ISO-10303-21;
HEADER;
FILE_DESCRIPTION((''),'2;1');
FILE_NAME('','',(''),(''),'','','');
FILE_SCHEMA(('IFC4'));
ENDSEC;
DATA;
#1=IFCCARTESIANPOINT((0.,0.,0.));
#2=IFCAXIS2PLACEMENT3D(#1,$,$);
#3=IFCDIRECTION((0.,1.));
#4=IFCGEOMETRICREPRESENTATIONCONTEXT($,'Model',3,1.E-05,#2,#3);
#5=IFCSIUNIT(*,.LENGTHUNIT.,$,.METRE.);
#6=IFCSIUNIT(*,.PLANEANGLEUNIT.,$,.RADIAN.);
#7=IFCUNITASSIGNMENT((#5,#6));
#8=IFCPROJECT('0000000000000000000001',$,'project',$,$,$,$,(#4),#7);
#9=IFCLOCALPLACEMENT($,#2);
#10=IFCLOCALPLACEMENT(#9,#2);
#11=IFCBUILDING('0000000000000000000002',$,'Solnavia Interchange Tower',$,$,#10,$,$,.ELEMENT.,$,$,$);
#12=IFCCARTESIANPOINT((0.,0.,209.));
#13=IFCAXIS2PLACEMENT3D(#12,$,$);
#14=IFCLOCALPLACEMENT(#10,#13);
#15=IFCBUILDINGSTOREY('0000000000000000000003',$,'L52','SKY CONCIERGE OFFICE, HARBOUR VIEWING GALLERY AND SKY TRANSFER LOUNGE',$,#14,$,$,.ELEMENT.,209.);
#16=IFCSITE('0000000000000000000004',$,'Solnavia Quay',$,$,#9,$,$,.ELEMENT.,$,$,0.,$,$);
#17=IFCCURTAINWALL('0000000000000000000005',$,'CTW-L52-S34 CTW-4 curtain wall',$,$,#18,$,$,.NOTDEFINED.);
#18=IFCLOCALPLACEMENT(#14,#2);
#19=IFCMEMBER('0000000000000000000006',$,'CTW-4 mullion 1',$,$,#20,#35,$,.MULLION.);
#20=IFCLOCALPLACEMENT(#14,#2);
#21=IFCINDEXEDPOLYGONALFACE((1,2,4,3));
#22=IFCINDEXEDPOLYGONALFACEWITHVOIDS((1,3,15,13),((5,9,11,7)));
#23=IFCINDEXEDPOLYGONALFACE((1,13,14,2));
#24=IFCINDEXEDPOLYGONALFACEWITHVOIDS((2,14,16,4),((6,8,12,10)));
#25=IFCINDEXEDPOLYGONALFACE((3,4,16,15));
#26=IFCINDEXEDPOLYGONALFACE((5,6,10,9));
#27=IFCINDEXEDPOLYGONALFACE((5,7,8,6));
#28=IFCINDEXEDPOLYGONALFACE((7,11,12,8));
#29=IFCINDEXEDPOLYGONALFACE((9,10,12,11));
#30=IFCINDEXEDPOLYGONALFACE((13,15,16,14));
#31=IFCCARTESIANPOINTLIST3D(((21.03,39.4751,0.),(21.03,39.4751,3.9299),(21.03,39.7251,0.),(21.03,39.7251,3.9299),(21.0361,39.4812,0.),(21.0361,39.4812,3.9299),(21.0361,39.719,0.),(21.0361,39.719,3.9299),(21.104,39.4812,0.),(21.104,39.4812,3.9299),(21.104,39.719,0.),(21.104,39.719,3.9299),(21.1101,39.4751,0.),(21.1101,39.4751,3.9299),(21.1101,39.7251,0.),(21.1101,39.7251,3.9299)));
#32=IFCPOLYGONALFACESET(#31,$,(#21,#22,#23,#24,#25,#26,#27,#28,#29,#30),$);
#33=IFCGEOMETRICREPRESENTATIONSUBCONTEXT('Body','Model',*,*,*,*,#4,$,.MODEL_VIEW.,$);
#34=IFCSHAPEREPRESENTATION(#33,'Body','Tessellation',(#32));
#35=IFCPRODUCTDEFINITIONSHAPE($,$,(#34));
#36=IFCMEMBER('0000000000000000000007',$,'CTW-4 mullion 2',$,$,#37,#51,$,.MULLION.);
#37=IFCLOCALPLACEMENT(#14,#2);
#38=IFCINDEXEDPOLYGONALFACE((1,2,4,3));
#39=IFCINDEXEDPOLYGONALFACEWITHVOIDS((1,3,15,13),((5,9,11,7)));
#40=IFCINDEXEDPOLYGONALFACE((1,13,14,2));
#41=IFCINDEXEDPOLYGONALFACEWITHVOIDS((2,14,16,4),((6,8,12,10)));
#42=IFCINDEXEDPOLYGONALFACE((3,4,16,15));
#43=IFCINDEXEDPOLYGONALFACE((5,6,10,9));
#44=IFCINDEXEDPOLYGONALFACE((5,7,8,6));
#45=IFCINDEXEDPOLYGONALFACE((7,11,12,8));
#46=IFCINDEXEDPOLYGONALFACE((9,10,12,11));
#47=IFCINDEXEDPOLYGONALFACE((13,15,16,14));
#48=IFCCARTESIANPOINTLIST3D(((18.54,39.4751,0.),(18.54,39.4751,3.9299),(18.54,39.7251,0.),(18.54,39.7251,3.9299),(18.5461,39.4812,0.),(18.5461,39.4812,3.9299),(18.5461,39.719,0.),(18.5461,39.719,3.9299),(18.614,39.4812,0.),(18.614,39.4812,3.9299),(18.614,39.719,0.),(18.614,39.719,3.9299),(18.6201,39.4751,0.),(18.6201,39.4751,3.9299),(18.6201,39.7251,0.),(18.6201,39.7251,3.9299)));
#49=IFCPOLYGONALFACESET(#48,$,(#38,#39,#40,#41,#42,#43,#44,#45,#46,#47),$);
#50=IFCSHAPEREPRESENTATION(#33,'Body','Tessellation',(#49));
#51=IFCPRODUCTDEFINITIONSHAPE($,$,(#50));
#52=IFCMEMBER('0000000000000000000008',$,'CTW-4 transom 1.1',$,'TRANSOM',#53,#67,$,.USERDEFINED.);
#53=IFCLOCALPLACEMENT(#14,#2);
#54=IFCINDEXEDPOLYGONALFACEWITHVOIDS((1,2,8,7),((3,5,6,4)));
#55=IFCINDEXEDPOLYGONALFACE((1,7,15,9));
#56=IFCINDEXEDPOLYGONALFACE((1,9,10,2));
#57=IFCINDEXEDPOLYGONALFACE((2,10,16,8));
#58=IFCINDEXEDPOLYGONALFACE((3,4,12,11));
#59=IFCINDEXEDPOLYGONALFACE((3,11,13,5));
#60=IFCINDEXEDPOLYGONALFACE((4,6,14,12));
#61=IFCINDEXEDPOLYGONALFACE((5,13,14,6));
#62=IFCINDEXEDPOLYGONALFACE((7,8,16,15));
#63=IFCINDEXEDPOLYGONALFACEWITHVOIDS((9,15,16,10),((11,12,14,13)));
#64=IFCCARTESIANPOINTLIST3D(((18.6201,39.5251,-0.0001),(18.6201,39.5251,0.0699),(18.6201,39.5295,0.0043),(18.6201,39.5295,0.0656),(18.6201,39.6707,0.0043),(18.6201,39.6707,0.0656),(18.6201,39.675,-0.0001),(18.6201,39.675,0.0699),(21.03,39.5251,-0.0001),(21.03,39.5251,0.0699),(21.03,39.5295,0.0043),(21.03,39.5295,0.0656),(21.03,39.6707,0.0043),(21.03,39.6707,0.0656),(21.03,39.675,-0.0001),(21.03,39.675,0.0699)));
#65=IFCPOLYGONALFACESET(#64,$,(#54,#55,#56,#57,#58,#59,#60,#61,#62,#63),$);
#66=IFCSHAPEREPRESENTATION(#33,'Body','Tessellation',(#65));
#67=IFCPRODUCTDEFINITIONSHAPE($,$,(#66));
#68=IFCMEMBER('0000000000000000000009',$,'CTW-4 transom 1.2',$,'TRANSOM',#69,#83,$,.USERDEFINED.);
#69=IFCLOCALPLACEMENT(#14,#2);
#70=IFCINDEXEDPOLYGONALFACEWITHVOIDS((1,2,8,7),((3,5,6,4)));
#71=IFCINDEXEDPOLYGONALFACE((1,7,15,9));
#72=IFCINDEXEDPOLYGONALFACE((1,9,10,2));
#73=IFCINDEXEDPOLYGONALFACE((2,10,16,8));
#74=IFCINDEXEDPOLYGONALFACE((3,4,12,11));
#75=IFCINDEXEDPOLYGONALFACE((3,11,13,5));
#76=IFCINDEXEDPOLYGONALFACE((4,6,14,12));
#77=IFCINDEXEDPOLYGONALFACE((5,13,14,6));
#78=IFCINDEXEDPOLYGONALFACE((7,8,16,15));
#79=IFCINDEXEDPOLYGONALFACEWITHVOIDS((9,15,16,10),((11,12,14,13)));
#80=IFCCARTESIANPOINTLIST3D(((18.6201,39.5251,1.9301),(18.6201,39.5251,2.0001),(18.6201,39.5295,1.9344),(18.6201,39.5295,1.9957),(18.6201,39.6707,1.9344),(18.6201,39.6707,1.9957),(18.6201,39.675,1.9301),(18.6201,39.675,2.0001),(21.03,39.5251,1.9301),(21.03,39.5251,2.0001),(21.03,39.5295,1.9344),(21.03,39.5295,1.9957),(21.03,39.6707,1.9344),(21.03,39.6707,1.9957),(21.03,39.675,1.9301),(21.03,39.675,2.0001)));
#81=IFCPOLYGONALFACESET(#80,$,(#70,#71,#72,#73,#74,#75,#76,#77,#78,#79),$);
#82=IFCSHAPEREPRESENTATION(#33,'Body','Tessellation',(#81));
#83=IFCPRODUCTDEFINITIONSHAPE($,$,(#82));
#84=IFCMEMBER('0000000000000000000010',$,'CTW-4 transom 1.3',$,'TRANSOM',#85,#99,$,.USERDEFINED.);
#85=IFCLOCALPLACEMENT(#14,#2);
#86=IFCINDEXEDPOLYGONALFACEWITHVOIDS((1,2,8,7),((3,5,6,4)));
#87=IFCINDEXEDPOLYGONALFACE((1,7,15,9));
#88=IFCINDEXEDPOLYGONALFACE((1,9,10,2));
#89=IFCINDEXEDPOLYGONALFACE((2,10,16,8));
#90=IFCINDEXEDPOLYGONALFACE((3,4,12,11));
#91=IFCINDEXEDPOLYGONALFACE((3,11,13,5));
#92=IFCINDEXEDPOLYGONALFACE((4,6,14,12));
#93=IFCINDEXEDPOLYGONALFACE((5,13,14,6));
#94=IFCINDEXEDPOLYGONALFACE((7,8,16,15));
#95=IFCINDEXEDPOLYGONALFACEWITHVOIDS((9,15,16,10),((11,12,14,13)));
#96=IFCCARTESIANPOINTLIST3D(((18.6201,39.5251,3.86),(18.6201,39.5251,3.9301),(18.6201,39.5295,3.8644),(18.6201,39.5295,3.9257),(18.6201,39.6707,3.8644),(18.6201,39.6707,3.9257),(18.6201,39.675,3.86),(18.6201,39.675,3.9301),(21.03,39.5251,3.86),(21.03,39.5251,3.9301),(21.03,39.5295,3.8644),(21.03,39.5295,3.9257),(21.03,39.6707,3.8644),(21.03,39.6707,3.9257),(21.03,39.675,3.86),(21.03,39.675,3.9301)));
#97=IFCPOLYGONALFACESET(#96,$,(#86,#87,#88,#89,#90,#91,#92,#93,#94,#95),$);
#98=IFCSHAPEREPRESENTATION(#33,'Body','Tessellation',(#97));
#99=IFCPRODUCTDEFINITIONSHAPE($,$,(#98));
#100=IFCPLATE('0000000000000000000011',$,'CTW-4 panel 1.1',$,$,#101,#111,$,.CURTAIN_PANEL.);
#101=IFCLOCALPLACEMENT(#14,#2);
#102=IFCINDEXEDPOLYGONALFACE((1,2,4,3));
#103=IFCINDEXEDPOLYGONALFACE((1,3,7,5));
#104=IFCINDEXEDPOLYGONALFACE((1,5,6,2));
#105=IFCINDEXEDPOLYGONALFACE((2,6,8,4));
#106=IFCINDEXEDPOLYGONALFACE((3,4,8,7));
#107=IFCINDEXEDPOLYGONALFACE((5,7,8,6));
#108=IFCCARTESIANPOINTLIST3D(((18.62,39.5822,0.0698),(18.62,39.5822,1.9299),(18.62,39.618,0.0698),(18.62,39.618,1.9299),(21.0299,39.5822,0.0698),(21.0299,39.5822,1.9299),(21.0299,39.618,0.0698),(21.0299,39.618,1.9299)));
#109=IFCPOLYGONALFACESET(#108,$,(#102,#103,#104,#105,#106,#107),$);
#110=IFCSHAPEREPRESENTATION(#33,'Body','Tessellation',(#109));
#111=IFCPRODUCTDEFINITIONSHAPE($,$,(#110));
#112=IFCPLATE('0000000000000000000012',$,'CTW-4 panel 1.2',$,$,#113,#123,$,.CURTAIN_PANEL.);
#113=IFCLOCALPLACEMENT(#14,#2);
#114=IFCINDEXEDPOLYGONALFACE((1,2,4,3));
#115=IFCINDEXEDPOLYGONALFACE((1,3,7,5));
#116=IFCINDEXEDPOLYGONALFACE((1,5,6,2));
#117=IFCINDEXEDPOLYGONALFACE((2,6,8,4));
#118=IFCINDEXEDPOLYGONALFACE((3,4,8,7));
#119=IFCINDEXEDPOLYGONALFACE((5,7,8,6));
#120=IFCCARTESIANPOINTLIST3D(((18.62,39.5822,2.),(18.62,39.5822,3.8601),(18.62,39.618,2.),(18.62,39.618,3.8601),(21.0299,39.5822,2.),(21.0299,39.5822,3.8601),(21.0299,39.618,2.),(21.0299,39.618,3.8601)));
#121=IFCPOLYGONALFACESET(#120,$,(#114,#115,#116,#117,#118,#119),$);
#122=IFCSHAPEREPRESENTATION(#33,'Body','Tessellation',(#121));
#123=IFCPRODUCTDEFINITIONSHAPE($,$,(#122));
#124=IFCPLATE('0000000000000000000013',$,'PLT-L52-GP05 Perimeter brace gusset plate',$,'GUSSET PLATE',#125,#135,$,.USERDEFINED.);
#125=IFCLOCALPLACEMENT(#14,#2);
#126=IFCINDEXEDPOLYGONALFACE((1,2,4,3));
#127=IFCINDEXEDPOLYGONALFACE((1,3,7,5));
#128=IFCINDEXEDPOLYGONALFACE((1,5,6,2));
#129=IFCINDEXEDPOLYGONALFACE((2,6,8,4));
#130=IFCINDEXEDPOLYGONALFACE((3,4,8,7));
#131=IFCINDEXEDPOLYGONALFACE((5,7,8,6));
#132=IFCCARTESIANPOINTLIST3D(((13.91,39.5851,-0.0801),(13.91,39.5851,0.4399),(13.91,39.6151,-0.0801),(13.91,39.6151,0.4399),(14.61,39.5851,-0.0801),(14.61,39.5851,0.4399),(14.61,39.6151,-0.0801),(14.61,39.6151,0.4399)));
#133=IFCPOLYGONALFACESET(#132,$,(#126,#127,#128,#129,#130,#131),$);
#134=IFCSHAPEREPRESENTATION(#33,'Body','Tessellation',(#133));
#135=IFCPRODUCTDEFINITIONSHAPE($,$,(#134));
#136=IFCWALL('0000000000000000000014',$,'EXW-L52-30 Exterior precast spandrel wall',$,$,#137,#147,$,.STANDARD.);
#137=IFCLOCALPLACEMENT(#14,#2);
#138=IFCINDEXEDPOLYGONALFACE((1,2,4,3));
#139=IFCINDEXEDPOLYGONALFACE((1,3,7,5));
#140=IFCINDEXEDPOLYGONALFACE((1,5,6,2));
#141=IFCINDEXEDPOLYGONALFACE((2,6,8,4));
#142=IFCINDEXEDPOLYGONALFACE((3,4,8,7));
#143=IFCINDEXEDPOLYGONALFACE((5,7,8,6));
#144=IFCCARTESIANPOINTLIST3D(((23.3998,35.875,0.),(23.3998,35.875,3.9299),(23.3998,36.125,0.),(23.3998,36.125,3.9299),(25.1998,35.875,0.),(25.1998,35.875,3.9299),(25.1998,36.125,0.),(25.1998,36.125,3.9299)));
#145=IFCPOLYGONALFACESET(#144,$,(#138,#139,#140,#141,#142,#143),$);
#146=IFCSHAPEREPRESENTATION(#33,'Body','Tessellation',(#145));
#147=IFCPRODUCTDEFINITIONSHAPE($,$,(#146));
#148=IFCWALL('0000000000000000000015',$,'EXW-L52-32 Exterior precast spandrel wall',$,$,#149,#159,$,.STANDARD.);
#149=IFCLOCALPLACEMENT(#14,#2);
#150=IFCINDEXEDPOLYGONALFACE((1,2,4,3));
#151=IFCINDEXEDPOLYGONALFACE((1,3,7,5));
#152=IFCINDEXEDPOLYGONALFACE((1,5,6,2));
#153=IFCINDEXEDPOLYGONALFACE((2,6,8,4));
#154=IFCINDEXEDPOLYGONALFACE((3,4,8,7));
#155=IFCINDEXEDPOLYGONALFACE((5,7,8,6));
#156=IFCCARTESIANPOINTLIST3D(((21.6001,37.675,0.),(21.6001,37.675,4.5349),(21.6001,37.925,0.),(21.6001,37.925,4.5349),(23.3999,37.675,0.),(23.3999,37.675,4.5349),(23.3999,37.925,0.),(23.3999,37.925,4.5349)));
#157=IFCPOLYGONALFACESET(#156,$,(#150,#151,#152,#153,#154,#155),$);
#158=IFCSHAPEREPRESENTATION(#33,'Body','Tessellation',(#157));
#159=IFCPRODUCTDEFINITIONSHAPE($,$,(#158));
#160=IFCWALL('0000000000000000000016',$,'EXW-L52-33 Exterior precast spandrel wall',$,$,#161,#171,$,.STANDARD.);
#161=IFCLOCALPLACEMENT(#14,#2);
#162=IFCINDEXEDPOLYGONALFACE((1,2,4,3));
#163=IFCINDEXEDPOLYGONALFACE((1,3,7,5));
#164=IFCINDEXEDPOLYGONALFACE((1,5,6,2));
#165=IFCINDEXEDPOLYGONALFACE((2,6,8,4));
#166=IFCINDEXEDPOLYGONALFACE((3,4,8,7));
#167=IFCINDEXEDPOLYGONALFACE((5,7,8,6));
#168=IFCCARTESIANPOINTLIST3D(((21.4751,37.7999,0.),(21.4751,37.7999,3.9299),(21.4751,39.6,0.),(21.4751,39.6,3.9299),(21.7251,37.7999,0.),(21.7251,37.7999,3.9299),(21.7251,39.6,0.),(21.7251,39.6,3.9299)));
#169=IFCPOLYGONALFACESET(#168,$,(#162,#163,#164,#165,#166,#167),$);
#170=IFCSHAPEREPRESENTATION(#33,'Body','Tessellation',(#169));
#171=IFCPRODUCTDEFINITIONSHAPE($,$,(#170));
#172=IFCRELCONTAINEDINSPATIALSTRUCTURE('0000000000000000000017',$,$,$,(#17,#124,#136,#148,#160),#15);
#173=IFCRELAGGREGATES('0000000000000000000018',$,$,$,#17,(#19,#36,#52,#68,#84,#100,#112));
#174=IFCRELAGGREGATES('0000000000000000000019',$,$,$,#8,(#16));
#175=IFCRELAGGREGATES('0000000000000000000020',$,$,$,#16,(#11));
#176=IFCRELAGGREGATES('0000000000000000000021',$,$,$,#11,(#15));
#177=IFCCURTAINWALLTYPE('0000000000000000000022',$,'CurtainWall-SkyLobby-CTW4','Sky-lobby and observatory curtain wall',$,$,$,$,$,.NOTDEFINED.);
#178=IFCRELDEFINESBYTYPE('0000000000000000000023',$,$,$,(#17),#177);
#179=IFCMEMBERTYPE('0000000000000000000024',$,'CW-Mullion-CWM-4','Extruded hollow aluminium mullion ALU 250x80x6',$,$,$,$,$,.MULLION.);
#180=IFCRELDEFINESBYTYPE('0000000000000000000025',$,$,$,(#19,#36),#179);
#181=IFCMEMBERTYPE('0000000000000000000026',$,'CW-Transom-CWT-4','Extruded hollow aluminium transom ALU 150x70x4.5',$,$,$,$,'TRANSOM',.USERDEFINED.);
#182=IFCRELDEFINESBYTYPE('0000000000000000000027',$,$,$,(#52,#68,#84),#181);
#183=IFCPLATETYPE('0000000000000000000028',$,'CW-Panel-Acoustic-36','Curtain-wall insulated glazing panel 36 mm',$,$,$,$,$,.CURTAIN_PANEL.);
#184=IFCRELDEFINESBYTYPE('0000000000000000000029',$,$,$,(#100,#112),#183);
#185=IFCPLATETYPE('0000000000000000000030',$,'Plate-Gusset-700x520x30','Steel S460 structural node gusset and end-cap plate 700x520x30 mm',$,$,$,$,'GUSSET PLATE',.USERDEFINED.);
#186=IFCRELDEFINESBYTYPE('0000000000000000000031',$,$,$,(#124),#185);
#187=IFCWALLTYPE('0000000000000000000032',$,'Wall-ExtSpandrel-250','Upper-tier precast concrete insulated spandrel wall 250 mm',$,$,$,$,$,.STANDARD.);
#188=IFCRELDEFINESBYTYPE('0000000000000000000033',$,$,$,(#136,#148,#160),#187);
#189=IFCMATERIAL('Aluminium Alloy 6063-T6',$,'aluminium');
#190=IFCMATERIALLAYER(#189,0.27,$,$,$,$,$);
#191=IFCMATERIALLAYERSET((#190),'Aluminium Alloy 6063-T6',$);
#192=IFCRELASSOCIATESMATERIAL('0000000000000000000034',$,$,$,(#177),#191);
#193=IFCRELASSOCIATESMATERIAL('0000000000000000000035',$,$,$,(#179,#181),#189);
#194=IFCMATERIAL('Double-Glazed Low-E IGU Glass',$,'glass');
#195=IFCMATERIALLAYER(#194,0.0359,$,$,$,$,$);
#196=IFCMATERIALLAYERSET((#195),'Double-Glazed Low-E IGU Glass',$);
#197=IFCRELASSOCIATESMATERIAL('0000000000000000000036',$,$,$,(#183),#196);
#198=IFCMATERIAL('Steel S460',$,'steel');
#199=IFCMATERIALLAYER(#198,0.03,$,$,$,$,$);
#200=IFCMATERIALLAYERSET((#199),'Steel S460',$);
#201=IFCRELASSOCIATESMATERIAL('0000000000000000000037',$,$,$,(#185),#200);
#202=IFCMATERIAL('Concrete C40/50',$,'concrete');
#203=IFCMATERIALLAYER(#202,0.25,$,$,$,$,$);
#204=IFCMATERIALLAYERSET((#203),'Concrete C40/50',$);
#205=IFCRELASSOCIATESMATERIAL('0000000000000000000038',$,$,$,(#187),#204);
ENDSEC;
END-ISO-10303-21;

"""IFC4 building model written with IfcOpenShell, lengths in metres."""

from ifc_helpers import new_model, si_unit, direction, frame, frame_2d, origin, origin_2d, place, context, subcontext, project, spatial, rectangle, hollow_rectangle, extrude, material, layer, layer_set, material_profile, profile_set, type_object, element, aggregate, save


model = new_model("IFC4")

# Units and contexts
model_context = context("Model", 3, precision=1e-05, world=origin(), true_north=direction((0.0, 1.0)))
body_context = subcontext(model_context, "Body", "Model", "MODEL_VIEW")
ifc_project = project(units=[si_unit("LENGTHUNIT", "METRE"), si_unit("PLANEANGLEUNIT", "RADIAN")], contexts=[model_context])

# Site, building, storey
site_placement = place(None, origin())
site = spatial("IfcSite", under=ifc_project, at=site_placement, Name="Solnavia Quay", CompositionType="ELEMENT", RefElevation=0.0)
building_placement = place(site_placement, origin())
building = spatial("IfcBuilding", under=site, at=building_placement, Name="Solnavia Interchange Tower", CompositionType="ELEMENT")
storey_placement = place(building_placement, frame((0.0, 0.0, 209.0)))
storey = spatial("IfcBuildingStorey", under=building, at=storey_placement, Name="L52", Description="SKY CONCIERGE OFFICE, HARBOUR VIEWING GALLERY AND SKY TRANSFER LOUNGE", CompositionType="ELEMENT", Elevation=209.0)

# Shared definitions
ifc_material_1 = material(Name="Steel S460", Category="steel")

# Curtain wall, members, plates
ifc_material_2 = material(Name="Aluminium Alloy 6063-T6", Category="aluminium")
ifc_layer_1 = layer(ifc_material_2, 0.27)
ifc_layer_set_1 = layer_set([ifc_layer_1], Name="Aluminium Alloy 6063-T6")
curtain_wall_type = type_object("IfcCurtainWallType", Name="CurtainWall-SkyLobby-CTW4", Description="Sky-lobby and observatory curtain wall", PredefinedType="NOTDEFINED", material=ifc_layer_set_1)
curtain_wall_placement = place(storey_placement, origin())
curtain_wall = element("IfcCurtainWall", 1, at=curtain_wall_placement, inside=storey, type_object=curtain_wall_type, Name="CTW-L52-S34 CTW-4 curtain wall", PredefinedType="NOTDEFINED")
ifc_material_profile_1 = material_profile(ifc_material_2, hollow_rectangle(XDim=0.0801, YDim=0.25, WallThickness=0.0061, at=origin_2d()), Name="ALU 250x80x6")
ifc_profile_set_1 = profile_set([ifc_material_profile_1], Name="Aluminium Alloy 6063-T6")
member_type_1 = type_object("IfcMemberType", Name="CW-Mullion-CWM-4", Description="Extruded hollow aluminium mullion ALU 250x80x6", PredefinedType="MULLION", material=ifc_profile_set_1)
member_1_placement = place(storey_placement, frame((21.0701, 39.6001, 0.0), z_axis=(0.0, 0.0, 1.0), x_axis=(-1.0, 0.0, 0.0)))
member_1 = element("IfcMember", 2, at=member_1_placement, type_object=member_type_1, Name="CTW-4 mullion 1", PredefinedType="MULLION", context=body_context, shape_type="SweptSolid", body=[
    extrude(hollow_rectangle(XDim=0.0801, YDim=0.25, WallThickness=0.0061, at=origin_2d()), origin(), (0.0, 0.0, 1.0), 3.9299),
])
member_2_placement = place(storey_placement, frame((18.5801, 39.6001, 0.0), z_axis=(0.0, 0.0, 1.0), x_axis=(-1.0, 0.0, 0.0)))
member_2 = element("IfcMember", 3, at=member_2_placement, type_object=member_type_1, Name="CTW-4 mullion 2", PredefinedType="MULLION", context=body_context, shape_type="SweptSolid", body=[
    extrude(hollow_rectangle(XDim=0.0801, YDim=0.25, WallThickness=0.0061, at=origin_2d()), origin(), (0.0, 0.0, 1.0), 3.9299),
])
ifc_material_profile_2 = material_profile(ifc_material_2, hollow_rectangle(XDim=0.0701, YDim=0.1499, WallThickness=0.0044, at=origin_2d()), Name="ALU 150x70x4.5")
ifc_profile_set_2 = profile_set([ifc_material_profile_2], Name="Aluminium Alloy 6063-T6")
member_type_2 = type_object("IfcMemberType", Name="CW-Transom-CWT-4", Description="Extruded hollow aluminium transom ALU 150x70x4.5", ElementType="TRANSOM", PredefinedType="USERDEFINED", material=ifc_profile_set_2)
member_3_placement = place(storey_placement, frame((21.03, 39.6001, 0.0349), z_axis=(-1.0, 0.0, 0.0), x_axis=(0.0, 0.0, 1.0)))
member_3 = element("IfcMember", 4, at=member_3_placement, type_object=member_type_2, Name="CTW-4 transom 1.1", ObjectType="TRANSOM", PredefinedType="USERDEFINED", context=body_context, shape_type="SweptSolid", body=[
    extrude(hollow_rectangle(XDim=0.0701, YDim=0.1499, WallThickness=0.0044, at=origin_2d()), origin(), (0.0, 0.0, 1.0), 2.4099),
])
member_4_placement = place(storey_placement, frame((21.03, 39.6001, 1.9651), z_axis=(-1.0, 0.0, 0.0), x_axis=(0.0, 0.0, 1.0)))
member_4 = element("IfcMember", 5, at=member_4_placement, type_object=member_type_2, Name="CTW-4 transom 1.2", ObjectType="TRANSOM", PredefinedType="USERDEFINED", context=body_context, shape_type="SweptSolid", body=[
    extrude(hollow_rectangle(XDim=0.0701, YDim=0.1499, WallThickness=0.0044, at=origin_2d()), origin(), (0.0, 0.0, 1.0), 2.4099),
])
member_5_placement = place(storey_placement, frame((21.03, 39.6001, 3.895), z_axis=(-1.0, 0.0, 0.0), x_axis=(0.0, 0.0, 1.0)))
member_5 = element("IfcMember", 6, at=member_5_placement, type_object=member_type_2, Name="CTW-4 transom 1.3", ObjectType="TRANSOM", PredefinedType="USERDEFINED", context=body_context, shape_type="SweptSolid", body=[
    extrude(hollow_rectangle(XDim=0.0701, YDim=0.1499, WallThickness=0.0044, at=origin_2d()), origin(), (0.0, 0.0, 1.0), 2.4099),
])
ifc_material_3 = material(Name="Double-Glazed Low-E IGU Glass", Category="glass")
ifc_layer_2 = layer(ifc_material_3, 0.0359)
ifc_layer_set_2 = layer_set([ifc_layer_2], Name="Double-Glazed Low-E IGU Glass")
plate_type_1 = type_object("IfcPlateType", Name="CW-Panel-Acoustic-36", Description="Curtain-wall insulated glazing panel 36 mm", PredefinedType="CURTAIN_PANEL", material=ifc_layer_set_2)
plate_1_placement = place(storey_placement, frame((19.825, 39.6001, 0.0698), z_axis=(0.0, 0.0, 1.0), x_axis=(-1.0, 0.0, 0.0)))
plate_1 = element("IfcPlate", 7, at=plate_1_placement, type_object=plate_type_1, Name="CTW-4 panel 1.1", PredefinedType="CURTAIN_PANEL", context=body_context, shape_type="SweptSolid", body=[
    extrude(rectangle(XDim=2.4099, YDim=0.0359, at=origin_2d()), origin(), (0.0, 0.0, 1.0), 1.8601),
])
plate_2_placement = place(storey_placement, frame((19.825, 39.6001, 2.0), z_axis=(0.0, 0.0, 1.0), x_axis=(-1.0, 0.0, 0.0)))
plate_2 = element("IfcPlate", 8, at=plate_2_placement, type_object=plate_type_1, Name="CTW-4 panel 1.2", PredefinedType="CURTAIN_PANEL", context=body_context, shape_type="SweptSolid", body=[
    extrude(rectangle(XDim=2.4099, YDim=0.0359, at=origin_2d()), origin(), (0.0, 0.0, 1.0), 1.8601),
])
aggregate(curtain_wall, [member_1, member_2, member_3, member_4, member_5, plate_1, plate_2])

# Plate
ifc_layer_3 = layer(ifc_material_1, 0.03)
ifc_layer_set_3 = layer_set([ifc_layer_3], Name="Steel S460")
plate_type_2 = type_object("IfcPlateType", Name="Plate-Gusset-700x520x30", Description="Steel S460 structural node gusset and end-cap plate 700x520x30 mm", ElementType="GUSSET PLATE", PredefinedType="USERDEFINED", material=ifc_layer_set_3)
plate_3_placement = place(storey_placement, frame((14.26, 39.6001, -0.0801), z_axis=(0.0, 0.0, 1.0), x_axis=(-1.0, 0.0, 0.0)))
element("IfcPlate", 9, at=plate_3_placement, inside=storey, type_object=plate_type_2, Name="PLT-L52-GP05 Perimeter brace gusset plate", ObjectType="GUSSET PLATE", PredefinedType="USERDEFINED", context=body_context, shape_type="SweptSolid", body=[
    extrude(rectangle(XDim=0.7, YDim=0.03, at=origin_2d()), origin(), (0.0, 0.0, 1.0), 0.52),
])

# Walls
ifc_material_4 = material(Name="Concrete C40/50", Category="concrete")
ifc_layer_4 = layer(ifc_material_4, 0.25)
ifc_layer_set_4 = layer_set([ifc_layer_4], Name="Concrete C40/50")
wall_type_1 = type_object("IfcWallType", Name="Wall-ExtSpandrel-250", Description="Upper-tier precast concrete insulated spandrel wall 250 mm", PredefinedType="STANDARD", material=ifc_layer_set_4)
wall_1_placement = place(storey_placement, frame((23.3999, 36.0, 0.0), z_axis=(0.0, 0.0, 1.0), x_axis=(1.0, 0.0, 0.0)))
element("IfcWall", 10, at=wall_1_placement, inside=storey, type_object=wall_type_1, Name="EXW-L52-30 Exterior precast spandrel wall", PredefinedType="STANDARD", context=body_context, shape_type="SweptSolid", body=[
    extrude(rectangle(XDim=1.8, YDim=0.25, at=frame_2d((0.8999, 0.0))), origin(), (0.0, 0.0, 1.0), 3.9299),
])
wall_2_placement = place(storey_placement, frame((21.6001, 37.8, 0.0), z_axis=(0.0, 0.0, 1.0), x_axis=(1.0, 0.0, 0.0)))
element("IfcWall", 11, at=wall_2_placement, inside=storey, type_object=wall_type_1, Name="EXW-L52-32 Exterior precast spandrel wall", PredefinedType="STANDARD", context=body_context, shape_type="SweptSolid", body=[
    extrude(rectangle(XDim=1.7998, YDim=0.25, at=frame_2d((0.8999, 0.0))), origin(), (0.0, 0.0, 1.0), 4.5349),
])
wall_3_placement = place(storey_placement, frame((21.6001, 37.8, 0.0), z_axis=(0.0, 0.0, 1.0), x_axis=(0.0, 1.0, 0.0)))
element("IfcWall", 12, at=wall_3_placement, inside=storey, type_object=wall_type_1, Name="EXW-L52-33 Exterior precast spandrel wall", PredefinedType="STANDARD", context=body_context, shape_type="SweptSolid", body=[
    extrude(rectangle(XDim=1.8, YDim=0.25, at=frame_2d((0.8999, 0.0))), origin(), (0.0, 0.0, 1.0), 3.9299),
])

save(model, "model.ifc")
